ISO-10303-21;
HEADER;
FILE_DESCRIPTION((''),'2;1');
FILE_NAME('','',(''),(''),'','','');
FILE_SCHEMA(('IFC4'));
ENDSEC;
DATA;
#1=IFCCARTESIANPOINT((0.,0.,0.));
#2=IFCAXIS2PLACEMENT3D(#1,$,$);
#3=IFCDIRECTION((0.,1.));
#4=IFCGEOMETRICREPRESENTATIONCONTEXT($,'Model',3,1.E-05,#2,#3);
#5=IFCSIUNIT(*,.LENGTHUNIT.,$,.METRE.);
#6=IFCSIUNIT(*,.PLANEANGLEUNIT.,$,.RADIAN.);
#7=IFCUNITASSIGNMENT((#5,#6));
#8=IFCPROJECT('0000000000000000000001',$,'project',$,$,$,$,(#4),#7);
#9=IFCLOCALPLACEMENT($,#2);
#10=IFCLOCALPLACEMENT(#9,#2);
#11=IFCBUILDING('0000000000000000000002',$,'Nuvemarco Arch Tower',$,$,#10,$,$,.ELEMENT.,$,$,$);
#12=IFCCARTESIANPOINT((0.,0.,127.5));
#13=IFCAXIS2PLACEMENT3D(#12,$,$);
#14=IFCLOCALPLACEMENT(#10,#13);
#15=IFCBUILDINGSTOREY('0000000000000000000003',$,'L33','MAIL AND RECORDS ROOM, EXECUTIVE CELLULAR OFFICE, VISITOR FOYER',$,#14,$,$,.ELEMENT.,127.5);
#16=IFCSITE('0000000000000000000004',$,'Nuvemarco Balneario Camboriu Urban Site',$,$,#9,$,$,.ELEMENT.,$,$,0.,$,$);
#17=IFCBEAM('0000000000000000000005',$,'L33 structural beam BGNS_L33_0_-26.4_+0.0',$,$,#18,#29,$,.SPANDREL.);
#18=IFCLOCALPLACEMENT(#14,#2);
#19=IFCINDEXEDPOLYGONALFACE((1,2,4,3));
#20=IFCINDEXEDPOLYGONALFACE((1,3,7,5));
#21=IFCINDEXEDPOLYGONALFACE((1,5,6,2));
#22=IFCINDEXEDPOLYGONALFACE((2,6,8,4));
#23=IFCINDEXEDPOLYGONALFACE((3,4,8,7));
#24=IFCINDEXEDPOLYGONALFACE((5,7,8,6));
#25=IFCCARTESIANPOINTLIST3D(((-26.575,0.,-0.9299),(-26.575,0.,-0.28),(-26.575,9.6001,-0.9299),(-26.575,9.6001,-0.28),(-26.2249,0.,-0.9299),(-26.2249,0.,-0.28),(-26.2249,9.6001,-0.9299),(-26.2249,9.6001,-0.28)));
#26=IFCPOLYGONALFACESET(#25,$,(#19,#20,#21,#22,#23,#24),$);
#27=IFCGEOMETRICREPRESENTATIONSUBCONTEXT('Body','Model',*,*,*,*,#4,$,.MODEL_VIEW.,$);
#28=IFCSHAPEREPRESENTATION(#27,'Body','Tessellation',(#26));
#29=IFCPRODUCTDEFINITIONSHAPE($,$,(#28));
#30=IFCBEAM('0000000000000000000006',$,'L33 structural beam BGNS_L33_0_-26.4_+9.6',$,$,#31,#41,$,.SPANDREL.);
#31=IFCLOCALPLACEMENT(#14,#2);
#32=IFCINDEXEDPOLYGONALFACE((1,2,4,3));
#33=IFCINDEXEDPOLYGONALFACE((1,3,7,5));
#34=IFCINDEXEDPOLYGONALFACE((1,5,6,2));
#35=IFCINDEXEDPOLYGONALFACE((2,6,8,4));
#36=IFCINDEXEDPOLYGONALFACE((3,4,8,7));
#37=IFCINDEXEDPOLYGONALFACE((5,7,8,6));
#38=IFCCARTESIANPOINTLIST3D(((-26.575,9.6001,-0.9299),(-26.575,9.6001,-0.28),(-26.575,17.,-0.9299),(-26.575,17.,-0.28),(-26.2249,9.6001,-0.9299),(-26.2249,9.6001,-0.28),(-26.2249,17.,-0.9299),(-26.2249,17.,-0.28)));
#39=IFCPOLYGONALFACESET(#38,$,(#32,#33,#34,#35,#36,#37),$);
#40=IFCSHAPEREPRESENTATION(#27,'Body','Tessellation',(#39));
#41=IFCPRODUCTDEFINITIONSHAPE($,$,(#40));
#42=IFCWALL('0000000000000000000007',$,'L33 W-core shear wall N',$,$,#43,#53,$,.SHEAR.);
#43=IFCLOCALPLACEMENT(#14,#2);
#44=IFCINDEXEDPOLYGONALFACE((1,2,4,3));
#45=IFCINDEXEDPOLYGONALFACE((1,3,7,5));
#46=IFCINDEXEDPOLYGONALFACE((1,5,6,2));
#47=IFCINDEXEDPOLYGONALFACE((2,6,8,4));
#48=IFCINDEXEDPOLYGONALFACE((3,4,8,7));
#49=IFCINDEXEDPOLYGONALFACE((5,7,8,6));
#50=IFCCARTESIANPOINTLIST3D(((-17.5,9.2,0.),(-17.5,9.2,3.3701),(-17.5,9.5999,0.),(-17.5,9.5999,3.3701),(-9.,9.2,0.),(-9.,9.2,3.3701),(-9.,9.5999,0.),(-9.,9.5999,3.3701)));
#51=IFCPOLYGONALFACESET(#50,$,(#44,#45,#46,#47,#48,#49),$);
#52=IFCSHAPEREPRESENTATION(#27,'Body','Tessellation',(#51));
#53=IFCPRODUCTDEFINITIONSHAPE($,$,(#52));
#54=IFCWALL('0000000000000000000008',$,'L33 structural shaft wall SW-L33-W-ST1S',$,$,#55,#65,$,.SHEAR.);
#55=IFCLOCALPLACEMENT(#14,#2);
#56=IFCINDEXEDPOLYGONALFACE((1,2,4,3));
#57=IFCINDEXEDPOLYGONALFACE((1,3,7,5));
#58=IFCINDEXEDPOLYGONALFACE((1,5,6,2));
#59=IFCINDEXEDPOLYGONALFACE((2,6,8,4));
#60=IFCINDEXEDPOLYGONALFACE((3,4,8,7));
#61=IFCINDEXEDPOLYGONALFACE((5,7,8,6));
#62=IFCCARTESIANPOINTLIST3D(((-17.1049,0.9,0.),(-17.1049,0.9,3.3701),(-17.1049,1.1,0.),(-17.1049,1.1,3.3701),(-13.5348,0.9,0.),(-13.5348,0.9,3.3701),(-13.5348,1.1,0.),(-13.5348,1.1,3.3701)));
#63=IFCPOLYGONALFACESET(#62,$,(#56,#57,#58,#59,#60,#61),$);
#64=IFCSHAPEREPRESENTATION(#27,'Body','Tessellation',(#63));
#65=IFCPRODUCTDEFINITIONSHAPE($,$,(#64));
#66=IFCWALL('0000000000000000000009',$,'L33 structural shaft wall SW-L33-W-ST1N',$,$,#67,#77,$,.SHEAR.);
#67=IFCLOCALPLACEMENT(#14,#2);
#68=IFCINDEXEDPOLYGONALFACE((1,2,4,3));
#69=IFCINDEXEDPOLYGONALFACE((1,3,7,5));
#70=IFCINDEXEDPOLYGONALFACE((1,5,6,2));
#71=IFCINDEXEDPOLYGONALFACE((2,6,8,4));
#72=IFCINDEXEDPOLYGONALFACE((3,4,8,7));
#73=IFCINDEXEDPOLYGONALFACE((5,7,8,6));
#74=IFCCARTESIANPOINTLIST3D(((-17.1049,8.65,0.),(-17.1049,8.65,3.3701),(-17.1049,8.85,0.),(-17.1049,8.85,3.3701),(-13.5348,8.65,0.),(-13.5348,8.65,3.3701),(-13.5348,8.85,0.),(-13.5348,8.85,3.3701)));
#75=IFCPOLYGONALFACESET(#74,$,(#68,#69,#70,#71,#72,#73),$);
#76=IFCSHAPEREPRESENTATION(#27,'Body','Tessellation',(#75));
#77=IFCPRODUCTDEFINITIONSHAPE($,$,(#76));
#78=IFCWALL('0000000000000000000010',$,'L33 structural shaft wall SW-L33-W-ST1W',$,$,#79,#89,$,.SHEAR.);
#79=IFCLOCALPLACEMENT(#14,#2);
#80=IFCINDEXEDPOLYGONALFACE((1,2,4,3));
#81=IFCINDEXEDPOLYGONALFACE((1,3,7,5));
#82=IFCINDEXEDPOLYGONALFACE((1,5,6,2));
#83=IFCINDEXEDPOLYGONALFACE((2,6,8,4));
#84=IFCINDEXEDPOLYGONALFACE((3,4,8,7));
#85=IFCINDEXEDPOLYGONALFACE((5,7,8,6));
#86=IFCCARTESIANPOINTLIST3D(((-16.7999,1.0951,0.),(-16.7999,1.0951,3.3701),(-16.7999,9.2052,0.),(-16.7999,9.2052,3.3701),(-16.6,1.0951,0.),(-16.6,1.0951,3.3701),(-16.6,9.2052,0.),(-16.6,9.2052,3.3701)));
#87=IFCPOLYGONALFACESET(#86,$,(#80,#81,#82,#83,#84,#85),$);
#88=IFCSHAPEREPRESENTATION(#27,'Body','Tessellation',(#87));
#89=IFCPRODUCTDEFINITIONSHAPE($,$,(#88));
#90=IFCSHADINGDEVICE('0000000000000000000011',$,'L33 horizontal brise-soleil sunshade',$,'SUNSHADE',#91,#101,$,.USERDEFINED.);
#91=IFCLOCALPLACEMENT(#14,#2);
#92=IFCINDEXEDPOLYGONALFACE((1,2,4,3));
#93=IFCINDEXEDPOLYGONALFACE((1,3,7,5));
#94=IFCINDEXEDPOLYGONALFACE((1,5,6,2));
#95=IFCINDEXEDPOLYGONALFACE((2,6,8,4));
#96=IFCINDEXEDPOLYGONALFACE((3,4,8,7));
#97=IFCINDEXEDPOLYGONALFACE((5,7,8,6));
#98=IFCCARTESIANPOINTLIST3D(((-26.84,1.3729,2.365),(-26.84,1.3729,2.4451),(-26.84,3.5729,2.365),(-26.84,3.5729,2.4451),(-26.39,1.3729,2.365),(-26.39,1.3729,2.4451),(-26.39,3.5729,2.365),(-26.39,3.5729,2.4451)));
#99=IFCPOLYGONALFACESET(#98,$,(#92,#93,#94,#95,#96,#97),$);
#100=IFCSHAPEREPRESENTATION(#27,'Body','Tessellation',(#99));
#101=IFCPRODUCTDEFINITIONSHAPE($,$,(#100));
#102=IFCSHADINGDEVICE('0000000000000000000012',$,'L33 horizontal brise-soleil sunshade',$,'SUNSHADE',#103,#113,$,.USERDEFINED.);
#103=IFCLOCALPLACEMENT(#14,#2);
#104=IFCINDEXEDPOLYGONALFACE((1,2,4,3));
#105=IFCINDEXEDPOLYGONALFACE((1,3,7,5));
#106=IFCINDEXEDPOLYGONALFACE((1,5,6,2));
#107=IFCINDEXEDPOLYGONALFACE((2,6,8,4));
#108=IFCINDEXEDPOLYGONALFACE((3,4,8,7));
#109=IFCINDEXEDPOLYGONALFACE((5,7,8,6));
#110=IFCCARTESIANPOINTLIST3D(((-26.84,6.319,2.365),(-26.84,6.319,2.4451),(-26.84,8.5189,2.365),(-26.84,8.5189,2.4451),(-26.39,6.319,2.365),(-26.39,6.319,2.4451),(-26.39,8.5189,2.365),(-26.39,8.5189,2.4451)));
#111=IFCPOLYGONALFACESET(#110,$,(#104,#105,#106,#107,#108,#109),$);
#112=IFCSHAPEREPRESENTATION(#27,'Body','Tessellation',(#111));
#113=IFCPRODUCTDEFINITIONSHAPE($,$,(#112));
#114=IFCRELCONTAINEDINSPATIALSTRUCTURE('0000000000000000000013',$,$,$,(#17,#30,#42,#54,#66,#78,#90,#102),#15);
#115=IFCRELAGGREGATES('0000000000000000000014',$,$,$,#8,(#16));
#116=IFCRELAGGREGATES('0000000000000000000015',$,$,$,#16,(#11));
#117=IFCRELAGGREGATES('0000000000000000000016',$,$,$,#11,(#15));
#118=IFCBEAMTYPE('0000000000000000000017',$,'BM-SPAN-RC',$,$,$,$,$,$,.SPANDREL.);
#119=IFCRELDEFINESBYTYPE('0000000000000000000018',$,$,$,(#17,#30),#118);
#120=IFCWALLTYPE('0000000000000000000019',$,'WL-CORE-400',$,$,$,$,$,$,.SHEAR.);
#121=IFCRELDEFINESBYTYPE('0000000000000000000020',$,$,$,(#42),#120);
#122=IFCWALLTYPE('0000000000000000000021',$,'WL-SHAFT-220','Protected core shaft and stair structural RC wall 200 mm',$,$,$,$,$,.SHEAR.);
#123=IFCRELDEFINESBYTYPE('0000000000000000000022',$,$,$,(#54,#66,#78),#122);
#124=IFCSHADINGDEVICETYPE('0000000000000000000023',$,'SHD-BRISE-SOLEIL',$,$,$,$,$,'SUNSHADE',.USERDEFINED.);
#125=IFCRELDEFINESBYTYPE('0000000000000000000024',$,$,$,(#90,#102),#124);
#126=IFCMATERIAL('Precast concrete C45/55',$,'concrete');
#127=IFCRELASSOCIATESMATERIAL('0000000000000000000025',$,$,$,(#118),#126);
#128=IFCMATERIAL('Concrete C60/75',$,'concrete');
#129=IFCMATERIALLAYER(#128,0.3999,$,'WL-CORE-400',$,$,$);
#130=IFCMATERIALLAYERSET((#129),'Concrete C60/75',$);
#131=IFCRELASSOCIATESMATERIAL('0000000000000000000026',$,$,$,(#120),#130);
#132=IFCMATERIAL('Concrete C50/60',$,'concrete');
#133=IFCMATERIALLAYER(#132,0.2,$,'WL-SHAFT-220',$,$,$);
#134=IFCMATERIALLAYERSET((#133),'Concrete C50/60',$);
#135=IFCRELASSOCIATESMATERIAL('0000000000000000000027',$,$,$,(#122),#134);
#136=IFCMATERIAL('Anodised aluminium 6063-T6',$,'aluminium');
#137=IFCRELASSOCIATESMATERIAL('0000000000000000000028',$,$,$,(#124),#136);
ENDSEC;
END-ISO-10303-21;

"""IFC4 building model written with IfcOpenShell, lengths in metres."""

from ifc_helpers import new_model, si_unit, direction, frame, frame_2d, origin, origin_2d, place, context, subcontext, project, spatial, rectangle, extrude, source, transform, mapped, material, layer, layer_set, material_profile, profile_set, type_object, type_shapes, element, save


model = new_model("IFC4")

# Units and contexts
model_context = context("Model", 3, precision=1e-05, world=origin(), true_north=direction((0.0, 1.0)))
body_context = subcontext(model_context, "Body", "Model", "MODEL_VIEW")
ifc_project = project(units=[si_unit("LENGTHUNIT", "METRE"), si_unit("PLANEANGLEUNIT", "RADIAN")], contexts=[model_context])

# Site, building, storey
site_placement = place(None, origin())
site = spatial("IfcSite", under=ifc_project, at=site_placement, Name="Nuvemarco Balneario Camboriu Urban Site", CompositionType="ELEMENT", RefElevation=0.0)
building_placement = place(site_placement, origin())
building = spatial("IfcBuilding", under=site, at=building_placement, Name="Nuvemarco Arch Tower", CompositionType="ELEMENT")
storey_placement = place(building_placement, frame((0.0, 0.0, 127.5)))
storey = spatial("IfcBuildingStorey", under=building, at=storey_placement, Name="L33", Description="MAIL AND RECORDS ROOM, EXECUTIVE CELLULAR OFFICE, VISITOR FOYER", CompositionType="ELEMENT", Elevation=127.5)

# Shared definitions
ifc_material_1 = material(Name="Concrete C50/60", Category="concrete")

# Beams
ifc_material_2 = material(Name="Precast concrete C45/55", Category="concrete")
ifc_material_profile_1 = material_profile(ifc_material_2, rectangle(XDim=0.3501, YDim=0.6499, at=origin_2d()), Name="PC-SP-350x650")
ifc_profile_set_1 = profile_set([ifc_material_profile_1], Name="Precast concrete C45/55")
beam_type_1 = type_object("IfcBeamType", Name="BM-SPAN-RC", PredefinedType="SPANDREL", material=ifc_profile_set_1)
beam_1_placement = place(storey_placement, frame((-26.3999, 0.0, -0.605), z_axis=(0.0, 1.0, 0.0), x_axis=(-1.0, 0.0, 0.0)))
element("IfcBeam", 1, at=beam_1_placement, inside=storey, type_object=beam_type_1, Name="L33 structural beam BGNS_L33_0_-26.4_+0.0", PredefinedType="SPANDREL", context=body_context, shape_type="SweptSolid", body=[
    extrude(rectangle(XDim=0.3501, YDim=0.6499, at=origin_2d()), origin(), (0.0, 0.0, 1.0), 9.6001),
])
beam_2_placement = place(storey_placement, frame((-26.3999, 9.6001, -0.605), z_axis=(0.0, 1.0, 0.0), x_axis=(-1.0, 0.0, 0.0)))
element("IfcBeam", 2, at=beam_2_placement, inside=storey, type_object=beam_type_1, Name="L33 structural beam BGNS_L33_0_-26.4_+9.6", PredefinedType="SPANDREL", context=body_context, shape_type="SweptSolid", body=[
    extrude(rectangle(XDim=0.3501, YDim=0.6499, at=origin_2d()), origin(), (0.0, 0.0, 1.0), 7.3999),
])

# Walls
ifc_material_3 = material(Name="Concrete C60/75", Category="concrete")
ifc_layer_1 = layer(ifc_material_3, 0.3999, Name="WL-CORE-400")
ifc_layer_set_1 = layer_set([ifc_layer_1], Name="Concrete C60/75")
wall_type_1 = type_object("IfcWallType", Name="WL-CORE-400", PredefinedType="SHEAR", material=ifc_layer_set_1)
wall_1_placement = place(storey_placement, frame((-17.5, 9.3999, 0.0), z_axis=(0.0, 0.0, 1.0), x_axis=(1.0, 0.0, 0.0)))
element("IfcWall", 3, at=wall_1_placement, inside=storey, type_object=wall_type_1, Name="L33 W-core shear wall N", PredefinedType="SHEAR", context=body_context, shape_type="SweptSolid", body=[
    extrude(rectangle(XDim=8.5, YDim=0.3999, at=frame_2d((4.25, 0.0))), origin(), (0.0, 0.0, 1.0), 3.3701),
])
ifc_layer_2 = layer(ifc_material_1, 0.2, Name="WL-SHAFT-220")
ifc_layer_set_2 = layer_set([ifc_layer_2], Name="Concrete C50/60")
wall_type_2 = type_object("IfcWallType", Name="WL-SHAFT-220", Description="Protected core shaft and stair structural RC wall 200 mm", PredefinedType="SHEAR", material=ifc_layer_set_2)
for number, where, z_axis, x_axis, name in (
    (4, (-17.105, 1.0, 0.0), (0.0, 0.0, 1.0), (1.0, 0.0, 0.0), "L33 structural shaft wall SW-L33-W-ST1S"),
    (5, (-17.105, 8.75, 0.0), (0.0, 0.0, 1.0), (1.0, 0.0, 0.0), "L33 structural shaft wall SW-L33-W-ST1N"),
):
    element("IfcWall", number, at=place(storey_placement, frame(where, z_axis=z_axis, x_axis=x_axis)), inside=storey, type_object=wall_type_2, Name=name, PredefinedType="SHEAR", context=body_context, shape_type="SweptSolid", body=[
        extrude(rectangle(XDim=3.5701, YDim=0.2, at=frame_2d((1.7852, 0.0))), origin(), (0.0, 0.0, 1.0), 3.3701),
    ])
wall_2_placement = place(storey_placement, frame((-16.7, 1.095, 0.0), z_axis=(0.0, 0.0, 1.0), x_axis=(0.0, 1.0, 0.0)))
element("IfcWall", 6, at=wall_2_placement, inside=storey, type_object=wall_type_2, Name="L33 structural shaft wall SW-L33-W-ST1W", PredefinedType="SHEAR", context=body_context, shape_type="SweptSolid", body=[
    extrude(rectangle(XDim=8.1101, YDim=0.2, at=frame_2d((4.0552, 0.0))), origin(), (0.0, 0.0, 1.0), 3.3701),
])

# Shading devices
ifc_material_4 = material(Name="Anodised aluminium 6063-T6", Category="aluminium")
shading_device_type = type_object("IfcShadingDeviceType", Name="SHD-BRISE-SOLEIL", ElementType="SUNSHADE", PredefinedType="USERDEFINED", material=ifc_material_4)
shared_shape = source(origin(), body_context, "Body", "SweptSolid", [
    extrude(rectangle(XDim=2.2, YDim=0.45, at=origin_2d()), origin(), (0.0, 0.0, 1.0), 0.0801),
])
type_shapes(shading_device_type, [shared_shape])
for number, where, z_axis, x_axis, name in (
    (7, (-26.615, 2.4729, 2.365), (0.0, 0.0, 1.0), (0.0, 1.0, 0.0), "L33 horizontal brise-soleil sunshade"),
    (8, (-26.615, 7.4189, 2.365), (0.0, 0.0, 1.0), (0.0, 1.0, 0.0), "L33 horizontal brise-soleil sunshade"),
):
    element("IfcShadingDevice", number, at=place(storey_placement, frame(where, z_axis=z_axis, x_axis=x_axis)), inside=storey, type_object=shading_device_type, Name=name, ObjectType="SUNSHADE", PredefinedType="USERDEFINED", context=body_context, shape_type="MappedRepresentation", body=[
        mapped(shared_shape, transform((0.0, 0.0, 0.0), scale=1.0)),
    ])

save(model, "model.ifc")
